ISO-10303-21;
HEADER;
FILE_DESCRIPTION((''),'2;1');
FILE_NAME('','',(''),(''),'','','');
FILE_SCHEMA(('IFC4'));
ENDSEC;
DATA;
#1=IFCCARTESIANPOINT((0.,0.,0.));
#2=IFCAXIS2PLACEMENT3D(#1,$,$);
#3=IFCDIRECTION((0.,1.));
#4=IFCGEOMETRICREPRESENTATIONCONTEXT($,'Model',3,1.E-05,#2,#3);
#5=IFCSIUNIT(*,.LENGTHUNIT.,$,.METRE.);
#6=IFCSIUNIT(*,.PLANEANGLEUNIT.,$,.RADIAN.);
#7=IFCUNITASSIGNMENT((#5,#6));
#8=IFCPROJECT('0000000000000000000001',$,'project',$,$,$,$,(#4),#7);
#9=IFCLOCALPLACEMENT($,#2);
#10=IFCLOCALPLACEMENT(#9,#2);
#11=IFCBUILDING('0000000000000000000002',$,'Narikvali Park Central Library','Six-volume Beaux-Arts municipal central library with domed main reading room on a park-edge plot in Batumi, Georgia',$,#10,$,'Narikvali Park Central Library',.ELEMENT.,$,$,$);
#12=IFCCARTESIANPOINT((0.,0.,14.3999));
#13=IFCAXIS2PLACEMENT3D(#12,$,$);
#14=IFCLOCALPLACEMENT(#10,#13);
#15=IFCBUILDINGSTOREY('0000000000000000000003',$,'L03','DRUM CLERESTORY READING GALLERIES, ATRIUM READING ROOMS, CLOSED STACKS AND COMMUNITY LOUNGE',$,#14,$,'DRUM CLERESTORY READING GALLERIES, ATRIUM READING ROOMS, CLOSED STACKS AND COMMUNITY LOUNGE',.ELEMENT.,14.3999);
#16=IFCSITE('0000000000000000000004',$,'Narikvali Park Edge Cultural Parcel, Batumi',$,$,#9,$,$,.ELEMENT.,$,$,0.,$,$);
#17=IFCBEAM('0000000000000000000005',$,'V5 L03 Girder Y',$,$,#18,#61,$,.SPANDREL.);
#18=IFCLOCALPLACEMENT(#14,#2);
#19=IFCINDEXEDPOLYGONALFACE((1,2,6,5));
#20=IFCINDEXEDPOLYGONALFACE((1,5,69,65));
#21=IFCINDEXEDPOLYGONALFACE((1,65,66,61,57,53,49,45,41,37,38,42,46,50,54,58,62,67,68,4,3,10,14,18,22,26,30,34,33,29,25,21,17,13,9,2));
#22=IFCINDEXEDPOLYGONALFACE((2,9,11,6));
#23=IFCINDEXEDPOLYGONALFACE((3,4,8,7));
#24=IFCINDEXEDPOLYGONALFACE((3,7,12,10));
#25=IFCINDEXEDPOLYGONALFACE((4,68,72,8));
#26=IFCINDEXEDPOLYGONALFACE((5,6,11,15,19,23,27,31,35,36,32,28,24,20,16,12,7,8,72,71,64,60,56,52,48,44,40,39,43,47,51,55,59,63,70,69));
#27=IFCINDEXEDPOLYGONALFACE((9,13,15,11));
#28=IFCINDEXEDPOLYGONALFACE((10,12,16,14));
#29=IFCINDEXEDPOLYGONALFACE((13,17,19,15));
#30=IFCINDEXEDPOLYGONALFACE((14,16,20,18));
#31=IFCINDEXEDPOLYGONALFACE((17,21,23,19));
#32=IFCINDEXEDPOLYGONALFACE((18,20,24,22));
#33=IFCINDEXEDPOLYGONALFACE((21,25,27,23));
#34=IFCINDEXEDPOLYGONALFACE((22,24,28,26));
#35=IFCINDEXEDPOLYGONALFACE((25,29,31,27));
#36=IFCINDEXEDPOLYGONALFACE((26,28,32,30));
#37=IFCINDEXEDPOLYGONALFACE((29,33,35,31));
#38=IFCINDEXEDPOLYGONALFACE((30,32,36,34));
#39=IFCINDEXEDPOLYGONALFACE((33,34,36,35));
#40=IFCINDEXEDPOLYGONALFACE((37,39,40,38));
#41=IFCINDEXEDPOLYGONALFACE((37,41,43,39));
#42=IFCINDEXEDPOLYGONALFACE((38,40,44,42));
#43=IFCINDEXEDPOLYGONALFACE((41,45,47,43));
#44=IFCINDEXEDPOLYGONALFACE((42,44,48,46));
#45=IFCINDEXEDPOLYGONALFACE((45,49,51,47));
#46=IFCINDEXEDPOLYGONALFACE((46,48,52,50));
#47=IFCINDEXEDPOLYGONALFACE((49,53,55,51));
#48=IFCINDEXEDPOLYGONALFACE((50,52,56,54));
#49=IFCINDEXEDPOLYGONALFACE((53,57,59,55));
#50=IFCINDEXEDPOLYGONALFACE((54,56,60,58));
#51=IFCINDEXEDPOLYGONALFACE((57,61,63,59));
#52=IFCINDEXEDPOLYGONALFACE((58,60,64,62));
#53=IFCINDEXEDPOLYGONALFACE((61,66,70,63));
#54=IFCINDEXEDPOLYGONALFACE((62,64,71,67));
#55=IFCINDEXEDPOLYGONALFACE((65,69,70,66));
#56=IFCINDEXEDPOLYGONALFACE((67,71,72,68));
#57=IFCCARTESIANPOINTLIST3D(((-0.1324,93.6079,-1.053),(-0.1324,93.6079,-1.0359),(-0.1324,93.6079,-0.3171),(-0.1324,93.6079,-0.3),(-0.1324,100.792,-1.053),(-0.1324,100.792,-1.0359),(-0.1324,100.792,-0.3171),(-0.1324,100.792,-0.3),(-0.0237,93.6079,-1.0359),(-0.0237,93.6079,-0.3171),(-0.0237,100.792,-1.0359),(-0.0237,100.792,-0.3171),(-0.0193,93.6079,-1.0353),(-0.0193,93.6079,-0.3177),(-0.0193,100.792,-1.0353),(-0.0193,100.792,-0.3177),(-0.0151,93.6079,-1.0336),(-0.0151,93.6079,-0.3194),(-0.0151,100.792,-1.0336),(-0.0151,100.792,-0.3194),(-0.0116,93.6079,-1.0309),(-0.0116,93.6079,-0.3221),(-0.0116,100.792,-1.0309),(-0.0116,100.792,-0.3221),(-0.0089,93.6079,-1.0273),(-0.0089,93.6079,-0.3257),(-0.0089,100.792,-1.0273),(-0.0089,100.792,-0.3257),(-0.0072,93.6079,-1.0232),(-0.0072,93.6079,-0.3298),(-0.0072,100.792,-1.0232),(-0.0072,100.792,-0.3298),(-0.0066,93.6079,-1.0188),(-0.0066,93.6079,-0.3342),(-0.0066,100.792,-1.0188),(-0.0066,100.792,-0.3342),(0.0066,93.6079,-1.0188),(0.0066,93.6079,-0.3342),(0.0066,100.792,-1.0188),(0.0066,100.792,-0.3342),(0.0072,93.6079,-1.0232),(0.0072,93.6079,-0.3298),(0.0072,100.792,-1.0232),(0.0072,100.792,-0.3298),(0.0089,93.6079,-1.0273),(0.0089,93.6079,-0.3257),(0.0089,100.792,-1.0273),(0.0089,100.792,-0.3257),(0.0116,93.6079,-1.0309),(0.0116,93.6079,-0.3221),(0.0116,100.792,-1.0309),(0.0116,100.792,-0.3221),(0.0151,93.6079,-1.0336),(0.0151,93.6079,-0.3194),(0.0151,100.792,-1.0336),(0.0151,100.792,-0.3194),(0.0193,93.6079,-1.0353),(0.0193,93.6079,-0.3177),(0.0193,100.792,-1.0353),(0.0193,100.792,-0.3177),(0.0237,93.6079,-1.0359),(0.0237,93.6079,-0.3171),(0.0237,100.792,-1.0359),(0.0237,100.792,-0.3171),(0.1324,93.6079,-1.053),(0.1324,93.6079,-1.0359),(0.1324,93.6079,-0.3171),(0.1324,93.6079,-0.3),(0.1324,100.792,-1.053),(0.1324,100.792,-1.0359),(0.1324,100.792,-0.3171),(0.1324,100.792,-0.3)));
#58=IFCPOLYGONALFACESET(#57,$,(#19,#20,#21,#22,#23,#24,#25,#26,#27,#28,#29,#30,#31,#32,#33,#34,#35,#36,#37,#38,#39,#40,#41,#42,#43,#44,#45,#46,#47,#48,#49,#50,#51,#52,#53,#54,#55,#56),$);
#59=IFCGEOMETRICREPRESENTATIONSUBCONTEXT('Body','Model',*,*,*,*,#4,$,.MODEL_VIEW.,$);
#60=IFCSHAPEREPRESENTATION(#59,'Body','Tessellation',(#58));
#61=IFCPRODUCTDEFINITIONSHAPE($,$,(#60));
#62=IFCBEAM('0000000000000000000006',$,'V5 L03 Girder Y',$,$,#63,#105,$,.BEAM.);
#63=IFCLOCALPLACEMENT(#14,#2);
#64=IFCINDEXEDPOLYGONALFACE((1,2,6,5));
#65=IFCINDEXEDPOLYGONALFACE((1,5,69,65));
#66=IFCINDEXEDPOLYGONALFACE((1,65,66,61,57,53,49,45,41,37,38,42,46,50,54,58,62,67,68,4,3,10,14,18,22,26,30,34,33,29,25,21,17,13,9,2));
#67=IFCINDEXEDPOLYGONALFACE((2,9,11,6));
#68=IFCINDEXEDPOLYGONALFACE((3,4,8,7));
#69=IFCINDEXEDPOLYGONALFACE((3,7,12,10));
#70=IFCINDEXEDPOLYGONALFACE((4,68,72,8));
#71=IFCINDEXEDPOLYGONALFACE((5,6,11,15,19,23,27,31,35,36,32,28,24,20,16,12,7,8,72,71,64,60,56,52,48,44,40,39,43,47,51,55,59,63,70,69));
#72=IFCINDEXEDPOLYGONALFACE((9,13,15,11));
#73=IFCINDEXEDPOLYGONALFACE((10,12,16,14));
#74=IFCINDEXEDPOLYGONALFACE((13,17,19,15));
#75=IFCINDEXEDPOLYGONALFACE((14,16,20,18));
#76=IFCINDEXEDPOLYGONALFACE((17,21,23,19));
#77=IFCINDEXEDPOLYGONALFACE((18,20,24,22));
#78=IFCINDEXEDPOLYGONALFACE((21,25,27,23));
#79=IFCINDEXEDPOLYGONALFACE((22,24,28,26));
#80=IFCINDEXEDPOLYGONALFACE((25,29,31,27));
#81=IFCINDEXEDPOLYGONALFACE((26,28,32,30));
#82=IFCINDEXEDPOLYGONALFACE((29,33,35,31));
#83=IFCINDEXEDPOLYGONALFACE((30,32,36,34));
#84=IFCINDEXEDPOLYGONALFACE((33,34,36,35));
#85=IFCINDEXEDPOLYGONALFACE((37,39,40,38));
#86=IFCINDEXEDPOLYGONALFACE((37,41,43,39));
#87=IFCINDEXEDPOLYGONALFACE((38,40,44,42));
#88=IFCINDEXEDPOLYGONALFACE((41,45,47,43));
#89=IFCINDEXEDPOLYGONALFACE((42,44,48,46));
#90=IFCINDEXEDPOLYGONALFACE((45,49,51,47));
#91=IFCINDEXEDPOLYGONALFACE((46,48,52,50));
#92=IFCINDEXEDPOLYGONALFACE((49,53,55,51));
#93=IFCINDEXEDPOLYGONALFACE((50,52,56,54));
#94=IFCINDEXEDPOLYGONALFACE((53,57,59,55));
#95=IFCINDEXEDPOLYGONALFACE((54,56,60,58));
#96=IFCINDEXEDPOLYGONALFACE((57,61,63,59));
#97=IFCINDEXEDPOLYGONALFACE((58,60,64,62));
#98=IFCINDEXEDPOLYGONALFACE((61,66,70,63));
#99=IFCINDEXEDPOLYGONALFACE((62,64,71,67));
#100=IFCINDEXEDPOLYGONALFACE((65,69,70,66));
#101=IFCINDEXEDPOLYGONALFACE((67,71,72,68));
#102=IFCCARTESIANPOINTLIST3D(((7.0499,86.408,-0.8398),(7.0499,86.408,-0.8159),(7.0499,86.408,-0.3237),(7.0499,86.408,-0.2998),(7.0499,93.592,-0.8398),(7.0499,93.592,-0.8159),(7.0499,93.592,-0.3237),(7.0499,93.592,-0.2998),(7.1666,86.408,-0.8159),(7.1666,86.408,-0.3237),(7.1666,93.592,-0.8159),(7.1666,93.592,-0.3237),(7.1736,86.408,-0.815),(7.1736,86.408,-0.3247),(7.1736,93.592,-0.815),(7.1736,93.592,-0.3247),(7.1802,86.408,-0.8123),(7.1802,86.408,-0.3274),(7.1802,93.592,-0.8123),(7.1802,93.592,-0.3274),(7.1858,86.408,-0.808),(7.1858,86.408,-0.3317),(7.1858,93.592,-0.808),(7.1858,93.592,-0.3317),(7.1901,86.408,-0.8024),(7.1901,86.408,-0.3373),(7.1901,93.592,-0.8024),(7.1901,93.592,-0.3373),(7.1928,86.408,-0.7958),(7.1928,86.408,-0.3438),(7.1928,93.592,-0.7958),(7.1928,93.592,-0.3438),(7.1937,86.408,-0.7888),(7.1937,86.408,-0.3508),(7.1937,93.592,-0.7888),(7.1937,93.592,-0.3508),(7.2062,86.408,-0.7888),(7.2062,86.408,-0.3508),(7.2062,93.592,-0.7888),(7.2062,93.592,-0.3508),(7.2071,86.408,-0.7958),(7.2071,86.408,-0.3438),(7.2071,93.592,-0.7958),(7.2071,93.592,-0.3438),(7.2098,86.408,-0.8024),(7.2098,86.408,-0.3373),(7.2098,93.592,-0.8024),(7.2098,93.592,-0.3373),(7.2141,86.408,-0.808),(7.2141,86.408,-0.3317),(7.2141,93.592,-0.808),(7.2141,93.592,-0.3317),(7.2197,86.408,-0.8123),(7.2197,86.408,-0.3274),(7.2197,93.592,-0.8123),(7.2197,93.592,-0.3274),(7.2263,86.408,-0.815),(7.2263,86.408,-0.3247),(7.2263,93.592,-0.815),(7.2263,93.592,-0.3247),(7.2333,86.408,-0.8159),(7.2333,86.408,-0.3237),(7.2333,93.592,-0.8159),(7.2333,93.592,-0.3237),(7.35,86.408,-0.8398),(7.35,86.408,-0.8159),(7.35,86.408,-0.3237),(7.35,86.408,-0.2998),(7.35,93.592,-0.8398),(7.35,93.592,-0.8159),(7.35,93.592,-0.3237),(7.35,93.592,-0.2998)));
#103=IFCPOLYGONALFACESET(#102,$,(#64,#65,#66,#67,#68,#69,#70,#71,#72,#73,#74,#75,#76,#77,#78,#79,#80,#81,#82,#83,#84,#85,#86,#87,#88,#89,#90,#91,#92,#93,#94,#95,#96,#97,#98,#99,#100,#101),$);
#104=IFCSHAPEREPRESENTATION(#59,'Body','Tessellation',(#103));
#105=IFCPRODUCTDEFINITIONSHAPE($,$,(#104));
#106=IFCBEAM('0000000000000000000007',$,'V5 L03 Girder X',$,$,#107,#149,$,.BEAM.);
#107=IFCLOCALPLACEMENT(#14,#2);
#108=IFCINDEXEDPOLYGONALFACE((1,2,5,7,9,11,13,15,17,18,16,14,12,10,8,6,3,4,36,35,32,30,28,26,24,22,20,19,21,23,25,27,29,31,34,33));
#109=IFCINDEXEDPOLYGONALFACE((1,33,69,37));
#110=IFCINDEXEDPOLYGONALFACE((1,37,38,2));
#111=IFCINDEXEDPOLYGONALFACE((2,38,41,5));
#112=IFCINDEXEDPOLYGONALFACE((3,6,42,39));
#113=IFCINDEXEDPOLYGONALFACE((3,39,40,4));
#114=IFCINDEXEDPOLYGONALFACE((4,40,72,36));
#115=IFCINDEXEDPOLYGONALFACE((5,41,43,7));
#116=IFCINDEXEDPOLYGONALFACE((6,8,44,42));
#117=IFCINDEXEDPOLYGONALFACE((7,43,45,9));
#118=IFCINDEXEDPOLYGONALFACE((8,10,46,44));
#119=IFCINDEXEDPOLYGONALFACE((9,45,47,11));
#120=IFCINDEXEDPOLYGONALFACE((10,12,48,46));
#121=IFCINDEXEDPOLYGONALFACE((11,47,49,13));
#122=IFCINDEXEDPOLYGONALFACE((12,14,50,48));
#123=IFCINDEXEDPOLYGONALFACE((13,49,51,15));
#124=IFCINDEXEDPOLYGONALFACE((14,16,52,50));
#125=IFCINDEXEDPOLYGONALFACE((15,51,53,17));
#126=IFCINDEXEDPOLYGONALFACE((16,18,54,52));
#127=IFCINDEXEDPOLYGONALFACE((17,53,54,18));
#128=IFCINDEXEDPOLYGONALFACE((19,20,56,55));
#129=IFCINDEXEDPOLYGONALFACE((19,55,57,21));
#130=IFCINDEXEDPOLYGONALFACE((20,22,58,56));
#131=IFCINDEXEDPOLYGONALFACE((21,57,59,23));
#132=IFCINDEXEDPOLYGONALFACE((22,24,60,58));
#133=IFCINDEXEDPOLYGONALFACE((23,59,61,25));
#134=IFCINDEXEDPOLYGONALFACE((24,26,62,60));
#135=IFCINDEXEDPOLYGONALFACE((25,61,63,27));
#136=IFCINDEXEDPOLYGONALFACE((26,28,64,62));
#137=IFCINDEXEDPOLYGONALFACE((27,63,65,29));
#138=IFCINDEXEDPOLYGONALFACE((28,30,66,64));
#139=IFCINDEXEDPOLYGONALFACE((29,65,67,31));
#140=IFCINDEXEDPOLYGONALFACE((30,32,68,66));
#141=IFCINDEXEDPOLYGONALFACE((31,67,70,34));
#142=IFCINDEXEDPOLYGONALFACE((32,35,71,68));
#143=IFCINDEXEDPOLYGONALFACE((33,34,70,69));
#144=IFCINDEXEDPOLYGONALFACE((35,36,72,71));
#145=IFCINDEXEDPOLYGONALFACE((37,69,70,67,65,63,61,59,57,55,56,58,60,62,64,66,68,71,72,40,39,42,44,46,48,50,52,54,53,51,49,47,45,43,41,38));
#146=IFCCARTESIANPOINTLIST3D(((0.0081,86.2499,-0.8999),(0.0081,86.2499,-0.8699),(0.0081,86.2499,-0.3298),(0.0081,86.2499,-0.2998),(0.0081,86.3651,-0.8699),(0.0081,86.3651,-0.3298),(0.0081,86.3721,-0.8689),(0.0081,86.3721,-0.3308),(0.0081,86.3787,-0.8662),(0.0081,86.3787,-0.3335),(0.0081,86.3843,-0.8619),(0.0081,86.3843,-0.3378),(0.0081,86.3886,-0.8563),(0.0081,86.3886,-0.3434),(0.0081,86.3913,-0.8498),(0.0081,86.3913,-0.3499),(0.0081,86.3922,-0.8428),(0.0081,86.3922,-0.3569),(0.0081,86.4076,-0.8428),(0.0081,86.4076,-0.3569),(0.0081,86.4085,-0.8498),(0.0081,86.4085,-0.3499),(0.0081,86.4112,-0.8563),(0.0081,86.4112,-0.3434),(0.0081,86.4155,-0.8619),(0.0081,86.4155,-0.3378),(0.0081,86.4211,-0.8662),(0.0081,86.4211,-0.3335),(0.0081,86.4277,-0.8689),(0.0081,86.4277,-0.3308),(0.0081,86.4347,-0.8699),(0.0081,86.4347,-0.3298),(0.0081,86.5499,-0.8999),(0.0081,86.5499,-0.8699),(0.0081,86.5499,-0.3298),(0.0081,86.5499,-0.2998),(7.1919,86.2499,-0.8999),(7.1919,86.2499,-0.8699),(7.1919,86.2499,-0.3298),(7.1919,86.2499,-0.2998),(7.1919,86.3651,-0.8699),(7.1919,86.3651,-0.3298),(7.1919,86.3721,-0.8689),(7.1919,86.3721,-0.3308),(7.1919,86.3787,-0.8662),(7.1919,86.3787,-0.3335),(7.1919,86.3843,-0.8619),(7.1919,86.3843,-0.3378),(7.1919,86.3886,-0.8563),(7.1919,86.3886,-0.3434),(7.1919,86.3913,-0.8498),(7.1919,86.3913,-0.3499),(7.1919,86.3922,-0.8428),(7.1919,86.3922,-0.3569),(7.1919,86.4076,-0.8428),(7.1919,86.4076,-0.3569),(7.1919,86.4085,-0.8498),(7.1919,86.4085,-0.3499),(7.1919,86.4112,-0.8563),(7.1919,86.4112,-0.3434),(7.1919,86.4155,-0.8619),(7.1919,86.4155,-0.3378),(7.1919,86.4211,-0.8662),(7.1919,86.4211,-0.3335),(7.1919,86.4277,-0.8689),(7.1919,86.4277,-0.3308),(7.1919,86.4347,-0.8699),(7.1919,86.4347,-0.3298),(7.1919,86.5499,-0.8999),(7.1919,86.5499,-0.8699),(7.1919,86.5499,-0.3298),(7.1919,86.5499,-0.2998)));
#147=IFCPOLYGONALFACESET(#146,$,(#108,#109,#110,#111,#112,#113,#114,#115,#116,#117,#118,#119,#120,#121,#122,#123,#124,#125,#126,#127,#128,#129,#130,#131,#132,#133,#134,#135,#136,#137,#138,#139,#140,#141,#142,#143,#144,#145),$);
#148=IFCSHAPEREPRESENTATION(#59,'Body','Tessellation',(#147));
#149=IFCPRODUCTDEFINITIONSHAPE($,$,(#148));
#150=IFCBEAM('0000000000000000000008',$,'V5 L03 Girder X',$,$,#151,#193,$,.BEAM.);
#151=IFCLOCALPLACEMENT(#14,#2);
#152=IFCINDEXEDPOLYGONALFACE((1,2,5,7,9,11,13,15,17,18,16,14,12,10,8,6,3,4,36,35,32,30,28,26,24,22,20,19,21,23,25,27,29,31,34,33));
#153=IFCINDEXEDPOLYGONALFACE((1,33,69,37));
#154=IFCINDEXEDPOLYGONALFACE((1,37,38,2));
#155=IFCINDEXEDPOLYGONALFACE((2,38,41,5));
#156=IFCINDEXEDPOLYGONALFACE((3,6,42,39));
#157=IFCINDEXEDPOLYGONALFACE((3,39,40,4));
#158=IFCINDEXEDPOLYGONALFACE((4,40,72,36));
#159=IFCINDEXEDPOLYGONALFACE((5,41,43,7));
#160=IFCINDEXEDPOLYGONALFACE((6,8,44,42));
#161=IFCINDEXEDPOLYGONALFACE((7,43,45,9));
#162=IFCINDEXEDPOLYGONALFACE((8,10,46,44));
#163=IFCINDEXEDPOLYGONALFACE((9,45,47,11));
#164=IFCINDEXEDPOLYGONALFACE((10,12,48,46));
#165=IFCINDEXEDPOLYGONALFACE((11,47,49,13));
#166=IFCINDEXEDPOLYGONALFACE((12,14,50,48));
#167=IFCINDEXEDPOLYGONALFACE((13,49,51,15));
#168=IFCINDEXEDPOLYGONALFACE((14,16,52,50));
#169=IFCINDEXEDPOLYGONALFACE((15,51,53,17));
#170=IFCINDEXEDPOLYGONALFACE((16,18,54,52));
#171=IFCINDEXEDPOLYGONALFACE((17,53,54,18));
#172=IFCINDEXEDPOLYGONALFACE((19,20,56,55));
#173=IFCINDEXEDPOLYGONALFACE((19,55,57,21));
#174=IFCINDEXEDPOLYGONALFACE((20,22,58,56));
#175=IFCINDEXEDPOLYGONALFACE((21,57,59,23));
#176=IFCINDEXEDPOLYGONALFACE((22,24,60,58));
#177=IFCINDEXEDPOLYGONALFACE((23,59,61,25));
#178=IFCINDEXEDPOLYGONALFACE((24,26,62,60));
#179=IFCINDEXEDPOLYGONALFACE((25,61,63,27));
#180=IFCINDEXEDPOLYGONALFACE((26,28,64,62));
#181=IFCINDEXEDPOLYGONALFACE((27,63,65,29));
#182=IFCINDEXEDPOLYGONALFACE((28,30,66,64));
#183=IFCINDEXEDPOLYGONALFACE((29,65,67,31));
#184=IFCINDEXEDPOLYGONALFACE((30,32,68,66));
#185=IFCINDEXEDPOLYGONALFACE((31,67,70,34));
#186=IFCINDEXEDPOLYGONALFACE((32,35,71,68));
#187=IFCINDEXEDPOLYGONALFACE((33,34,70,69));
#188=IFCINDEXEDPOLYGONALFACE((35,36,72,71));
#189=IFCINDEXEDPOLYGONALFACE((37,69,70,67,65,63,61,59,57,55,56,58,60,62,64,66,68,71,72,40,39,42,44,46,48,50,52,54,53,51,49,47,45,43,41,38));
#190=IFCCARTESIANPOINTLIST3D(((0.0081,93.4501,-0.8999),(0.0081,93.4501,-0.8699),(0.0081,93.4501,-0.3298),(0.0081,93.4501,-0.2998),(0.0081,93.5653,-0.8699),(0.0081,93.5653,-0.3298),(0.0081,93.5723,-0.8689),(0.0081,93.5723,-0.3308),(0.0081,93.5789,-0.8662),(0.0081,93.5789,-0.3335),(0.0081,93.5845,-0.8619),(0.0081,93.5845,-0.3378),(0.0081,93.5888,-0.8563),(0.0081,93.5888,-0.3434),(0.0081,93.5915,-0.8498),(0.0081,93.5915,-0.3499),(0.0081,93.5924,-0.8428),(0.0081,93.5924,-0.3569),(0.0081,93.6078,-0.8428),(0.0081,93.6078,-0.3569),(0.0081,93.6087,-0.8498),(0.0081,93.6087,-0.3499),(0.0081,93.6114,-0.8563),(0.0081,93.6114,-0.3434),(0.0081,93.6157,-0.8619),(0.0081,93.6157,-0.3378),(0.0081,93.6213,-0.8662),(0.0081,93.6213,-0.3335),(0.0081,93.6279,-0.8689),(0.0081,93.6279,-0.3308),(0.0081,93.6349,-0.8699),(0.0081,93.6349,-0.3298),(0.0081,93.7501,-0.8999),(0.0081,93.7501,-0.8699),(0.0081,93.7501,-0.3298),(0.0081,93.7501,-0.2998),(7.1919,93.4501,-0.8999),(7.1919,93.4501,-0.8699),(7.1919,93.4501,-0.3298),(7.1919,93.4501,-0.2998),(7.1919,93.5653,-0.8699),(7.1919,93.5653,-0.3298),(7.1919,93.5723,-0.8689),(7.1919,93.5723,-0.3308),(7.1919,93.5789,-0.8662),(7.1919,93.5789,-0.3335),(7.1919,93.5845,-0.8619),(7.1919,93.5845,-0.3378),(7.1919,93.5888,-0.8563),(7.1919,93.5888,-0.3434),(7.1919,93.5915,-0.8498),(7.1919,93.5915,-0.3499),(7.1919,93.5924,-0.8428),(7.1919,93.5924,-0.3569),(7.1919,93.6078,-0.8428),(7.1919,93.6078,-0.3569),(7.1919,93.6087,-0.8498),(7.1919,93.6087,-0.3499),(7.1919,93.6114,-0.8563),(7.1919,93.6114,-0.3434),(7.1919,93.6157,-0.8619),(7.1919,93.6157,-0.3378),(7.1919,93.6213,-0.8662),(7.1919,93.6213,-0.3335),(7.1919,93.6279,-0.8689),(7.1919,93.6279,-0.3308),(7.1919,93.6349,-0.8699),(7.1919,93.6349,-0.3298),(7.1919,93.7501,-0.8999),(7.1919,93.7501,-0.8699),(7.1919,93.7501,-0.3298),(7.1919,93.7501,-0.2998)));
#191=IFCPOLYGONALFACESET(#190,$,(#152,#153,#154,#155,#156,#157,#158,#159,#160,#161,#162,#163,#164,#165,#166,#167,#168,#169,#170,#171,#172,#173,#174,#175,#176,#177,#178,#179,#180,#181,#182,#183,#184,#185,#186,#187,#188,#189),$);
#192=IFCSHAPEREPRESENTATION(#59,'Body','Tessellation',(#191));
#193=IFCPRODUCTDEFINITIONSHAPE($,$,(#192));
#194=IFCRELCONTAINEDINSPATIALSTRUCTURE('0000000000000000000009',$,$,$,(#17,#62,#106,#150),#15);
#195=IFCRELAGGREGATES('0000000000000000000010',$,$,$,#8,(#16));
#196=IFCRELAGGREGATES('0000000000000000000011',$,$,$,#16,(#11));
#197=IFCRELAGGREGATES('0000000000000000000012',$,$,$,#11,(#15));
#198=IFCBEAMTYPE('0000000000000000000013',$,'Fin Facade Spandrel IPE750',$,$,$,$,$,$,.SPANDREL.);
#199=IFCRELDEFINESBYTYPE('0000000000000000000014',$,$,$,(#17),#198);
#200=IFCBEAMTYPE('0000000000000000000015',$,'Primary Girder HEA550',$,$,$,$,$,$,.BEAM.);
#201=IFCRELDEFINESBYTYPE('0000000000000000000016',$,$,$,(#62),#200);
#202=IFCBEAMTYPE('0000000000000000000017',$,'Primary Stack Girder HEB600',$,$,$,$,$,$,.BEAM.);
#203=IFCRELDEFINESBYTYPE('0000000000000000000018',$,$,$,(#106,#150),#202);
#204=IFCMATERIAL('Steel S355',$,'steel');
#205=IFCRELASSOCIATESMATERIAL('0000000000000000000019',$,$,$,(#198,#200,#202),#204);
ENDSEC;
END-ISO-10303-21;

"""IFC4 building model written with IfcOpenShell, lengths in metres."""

from ifc_helpers import new_model, si_unit, direction, frame, origin, origin_2d, place, context, subcontext, project, spatial, i_section, extrude, material, material_profile, profile_set, type_object, element, save


model = new_model("IFC4")

# Units and contexts
model_context = context("Model", 3, precision=1e-05, world=origin(), true_north=direction((0.0, 1.0)))
body_context = subcontext(model_context, "Body", "Model", "MODEL_VIEW")
ifc_project = project(units=[si_unit("LENGTHUNIT", "METRE"), si_unit("PLANEANGLEUNIT", "RADIAN")], contexts=[model_context])

# Site, building, storey
site_placement = place(None, origin())
site = spatial("IfcSite", under=ifc_project, at=site_placement, Name="Narikvali Park Edge Cultural Parcel, Batumi", CompositionType="ELEMENT", RefElevation=0.0)
building_placement = place(site_placement, origin())
building = spatial("IfcBuilding", under=site, at=building_placement, Name="Narikvali Park Central Library", Description="Six-volume Beaux-Arts municipal central library with domed main reading room on a park-edge plot in Batumi, Georgia", LongName="Narikvali Park Central Library", CompositionType="ELEMENT")
storey_placement = place(building_placement, frame((0.0, 0.0, 14.3999)))
storey = spatial("IfcBuildingStorey", under=building, at=storey_placement, Name="L03", Description="DRUM CLERESTORY READING GALLERIES, ATRIUM READING ROOMS, CLOSED STACKS AND COMMUNITY LOUNGE", LongName="DRUM CLERESTORY READING GALLERIES, ATRIUM READING ROOMS, CLOSED STACKS AND COMMUNITY LOUNGE", CompositionType="ELEMENT", Elevation=14.3999)

# Shared definitions
ifc_material_1 = material(Name="Steel S355", Category="steel")

# Beams
ifc_material_profile_1 = material_profile(ifc_material_1, i_section(OverallWidth=0.2649, OverallDepth=0.7529, WebThickness=0.0132, FlangeThickness=0.0171, FilletRadius=0.0171, at=origin_2d()), Name="IPE 750x147")
ifc_profile_set_1 = profile_set([ifc_material_profile_1], Name="Steel S355")
beam_type_1 = type_object("IfcBeamType", Name="Fin Facade Spandrel IPE750", PredefinedType="SPANDREL", material=ifc_profile_set_1)
for number, where, z_axis, x_axis, name in (
    (1, (0.0, 93.6079, -0.6765), (0.0, 1.0, 0.0), (-1.0, 0.0, 0.0), "V5 L03 Girder Y"),
):
    element("IfcBeam", number, at=place(storey_placement, frame(where, z_axis=z_axis, x_axis=x_axis)), inside=storey, type_object=beam_type_1, Name=name, PredefinedType="SPANDREL", context=body_context, shape_type="SweptSolid", body=[
        extrude(i_section(OverallWidth=0.2649, OverallDepth=0.7529, WebThickness=0.0132, FlangeThickness=0.0171, FilletRadius=0.0171, at=origin_2d()), origin(), (0.0, 0.0, 1.0), 7.1841),
    ])
ifc_material_profile_2 = material_profile(ifc_material_1, i_section(OverallWidth=0.3, OverallDepth=0.54, WebThickness=0.0125, FlangeThickness=0.0239, FilletRadius=0.0271, at=origin_2d()), Name="HEA 550")
ifc_profile_set_2 = profile_set([ifc_material_profile_2], Name="Steel S355")
beam_type_2 = type_object("IfcBeamType", Name="Primary Girder HEA550", PredefinedType="BEAM", material=ifc_profile_set_2)
beam_placement = place(storey_placement, frame((7.2, 86.408, -0.5698), z_axis=(0.0, 1.0, 0.0), x_axis=(-1.0, 0.0, 0.0)))
element("IfcBeam", 2, at=beam_placement, inside=storey, type_object=beam_type_2, Name="V5 L03 Girder Y", PredefinedType="BEAM", context=body_context, shape_type="SweptSolid", body=[
    extrude(i_section(OverallWidth=0.3, OverallDepth=0.54, WebThickness=0.0125, FlangeThickness=0.0239, FilletRadius=0.0271, at=origin_2d()), origin(), (0.0, 0.0, 1.0), 7.1841),
])
ifc_material_profile_3 = material_profile(ifc_material_1, i_section(OverallWidth=0.3, OverallDepth=0.6001, WebThickness=0.0154, FlangeThickness=0.03, FilletRadius=0.0271, at=origin_2d()), Name="HEB 600")
ifc_profile_set_3 = profile_set([ifc_material_profile_3], Name="Steel S355")
beam_type_3 = type_object("IfcBeamType", Name="Primary Stack Girder HEB600", PredefinedType="BEAM", material=ifc_profile_set_3)
for number, where, z_axis, x_axis, name in (
    (3, (0.0081, 86.3999, -0.5999), (1.0, 0.0, 0.0), (0.0, 1.0, 0.0), "V5 L03 Girder X"),
    (4, (0.0081, 93.6001, -0.5999), (1.0, 0.0, 0.0), (0.0, 1.0, 0.0), "V5 L03 Girder X"),
):
    element("IfcBeam", number, at=place(storey_placement, frame(where, z_axis=z_axis, x_axis=x_axis)), inside=storey, type_object=beam_type_3, Name=name, PredefinedType="BEAM", context=body_context, shape_type="SweptSolid", body=[
        extrude(i_section(OverallWidth=0.3, OverallDepth=0.6001, WebThickness=0.0154, FlangeThickness=0.03, FilletRadius=0.0271, at=origin_2d()), origin(), (0.0, 0.0, 1.0), 7.1838),
    ])

save(model, "model.ifc")
